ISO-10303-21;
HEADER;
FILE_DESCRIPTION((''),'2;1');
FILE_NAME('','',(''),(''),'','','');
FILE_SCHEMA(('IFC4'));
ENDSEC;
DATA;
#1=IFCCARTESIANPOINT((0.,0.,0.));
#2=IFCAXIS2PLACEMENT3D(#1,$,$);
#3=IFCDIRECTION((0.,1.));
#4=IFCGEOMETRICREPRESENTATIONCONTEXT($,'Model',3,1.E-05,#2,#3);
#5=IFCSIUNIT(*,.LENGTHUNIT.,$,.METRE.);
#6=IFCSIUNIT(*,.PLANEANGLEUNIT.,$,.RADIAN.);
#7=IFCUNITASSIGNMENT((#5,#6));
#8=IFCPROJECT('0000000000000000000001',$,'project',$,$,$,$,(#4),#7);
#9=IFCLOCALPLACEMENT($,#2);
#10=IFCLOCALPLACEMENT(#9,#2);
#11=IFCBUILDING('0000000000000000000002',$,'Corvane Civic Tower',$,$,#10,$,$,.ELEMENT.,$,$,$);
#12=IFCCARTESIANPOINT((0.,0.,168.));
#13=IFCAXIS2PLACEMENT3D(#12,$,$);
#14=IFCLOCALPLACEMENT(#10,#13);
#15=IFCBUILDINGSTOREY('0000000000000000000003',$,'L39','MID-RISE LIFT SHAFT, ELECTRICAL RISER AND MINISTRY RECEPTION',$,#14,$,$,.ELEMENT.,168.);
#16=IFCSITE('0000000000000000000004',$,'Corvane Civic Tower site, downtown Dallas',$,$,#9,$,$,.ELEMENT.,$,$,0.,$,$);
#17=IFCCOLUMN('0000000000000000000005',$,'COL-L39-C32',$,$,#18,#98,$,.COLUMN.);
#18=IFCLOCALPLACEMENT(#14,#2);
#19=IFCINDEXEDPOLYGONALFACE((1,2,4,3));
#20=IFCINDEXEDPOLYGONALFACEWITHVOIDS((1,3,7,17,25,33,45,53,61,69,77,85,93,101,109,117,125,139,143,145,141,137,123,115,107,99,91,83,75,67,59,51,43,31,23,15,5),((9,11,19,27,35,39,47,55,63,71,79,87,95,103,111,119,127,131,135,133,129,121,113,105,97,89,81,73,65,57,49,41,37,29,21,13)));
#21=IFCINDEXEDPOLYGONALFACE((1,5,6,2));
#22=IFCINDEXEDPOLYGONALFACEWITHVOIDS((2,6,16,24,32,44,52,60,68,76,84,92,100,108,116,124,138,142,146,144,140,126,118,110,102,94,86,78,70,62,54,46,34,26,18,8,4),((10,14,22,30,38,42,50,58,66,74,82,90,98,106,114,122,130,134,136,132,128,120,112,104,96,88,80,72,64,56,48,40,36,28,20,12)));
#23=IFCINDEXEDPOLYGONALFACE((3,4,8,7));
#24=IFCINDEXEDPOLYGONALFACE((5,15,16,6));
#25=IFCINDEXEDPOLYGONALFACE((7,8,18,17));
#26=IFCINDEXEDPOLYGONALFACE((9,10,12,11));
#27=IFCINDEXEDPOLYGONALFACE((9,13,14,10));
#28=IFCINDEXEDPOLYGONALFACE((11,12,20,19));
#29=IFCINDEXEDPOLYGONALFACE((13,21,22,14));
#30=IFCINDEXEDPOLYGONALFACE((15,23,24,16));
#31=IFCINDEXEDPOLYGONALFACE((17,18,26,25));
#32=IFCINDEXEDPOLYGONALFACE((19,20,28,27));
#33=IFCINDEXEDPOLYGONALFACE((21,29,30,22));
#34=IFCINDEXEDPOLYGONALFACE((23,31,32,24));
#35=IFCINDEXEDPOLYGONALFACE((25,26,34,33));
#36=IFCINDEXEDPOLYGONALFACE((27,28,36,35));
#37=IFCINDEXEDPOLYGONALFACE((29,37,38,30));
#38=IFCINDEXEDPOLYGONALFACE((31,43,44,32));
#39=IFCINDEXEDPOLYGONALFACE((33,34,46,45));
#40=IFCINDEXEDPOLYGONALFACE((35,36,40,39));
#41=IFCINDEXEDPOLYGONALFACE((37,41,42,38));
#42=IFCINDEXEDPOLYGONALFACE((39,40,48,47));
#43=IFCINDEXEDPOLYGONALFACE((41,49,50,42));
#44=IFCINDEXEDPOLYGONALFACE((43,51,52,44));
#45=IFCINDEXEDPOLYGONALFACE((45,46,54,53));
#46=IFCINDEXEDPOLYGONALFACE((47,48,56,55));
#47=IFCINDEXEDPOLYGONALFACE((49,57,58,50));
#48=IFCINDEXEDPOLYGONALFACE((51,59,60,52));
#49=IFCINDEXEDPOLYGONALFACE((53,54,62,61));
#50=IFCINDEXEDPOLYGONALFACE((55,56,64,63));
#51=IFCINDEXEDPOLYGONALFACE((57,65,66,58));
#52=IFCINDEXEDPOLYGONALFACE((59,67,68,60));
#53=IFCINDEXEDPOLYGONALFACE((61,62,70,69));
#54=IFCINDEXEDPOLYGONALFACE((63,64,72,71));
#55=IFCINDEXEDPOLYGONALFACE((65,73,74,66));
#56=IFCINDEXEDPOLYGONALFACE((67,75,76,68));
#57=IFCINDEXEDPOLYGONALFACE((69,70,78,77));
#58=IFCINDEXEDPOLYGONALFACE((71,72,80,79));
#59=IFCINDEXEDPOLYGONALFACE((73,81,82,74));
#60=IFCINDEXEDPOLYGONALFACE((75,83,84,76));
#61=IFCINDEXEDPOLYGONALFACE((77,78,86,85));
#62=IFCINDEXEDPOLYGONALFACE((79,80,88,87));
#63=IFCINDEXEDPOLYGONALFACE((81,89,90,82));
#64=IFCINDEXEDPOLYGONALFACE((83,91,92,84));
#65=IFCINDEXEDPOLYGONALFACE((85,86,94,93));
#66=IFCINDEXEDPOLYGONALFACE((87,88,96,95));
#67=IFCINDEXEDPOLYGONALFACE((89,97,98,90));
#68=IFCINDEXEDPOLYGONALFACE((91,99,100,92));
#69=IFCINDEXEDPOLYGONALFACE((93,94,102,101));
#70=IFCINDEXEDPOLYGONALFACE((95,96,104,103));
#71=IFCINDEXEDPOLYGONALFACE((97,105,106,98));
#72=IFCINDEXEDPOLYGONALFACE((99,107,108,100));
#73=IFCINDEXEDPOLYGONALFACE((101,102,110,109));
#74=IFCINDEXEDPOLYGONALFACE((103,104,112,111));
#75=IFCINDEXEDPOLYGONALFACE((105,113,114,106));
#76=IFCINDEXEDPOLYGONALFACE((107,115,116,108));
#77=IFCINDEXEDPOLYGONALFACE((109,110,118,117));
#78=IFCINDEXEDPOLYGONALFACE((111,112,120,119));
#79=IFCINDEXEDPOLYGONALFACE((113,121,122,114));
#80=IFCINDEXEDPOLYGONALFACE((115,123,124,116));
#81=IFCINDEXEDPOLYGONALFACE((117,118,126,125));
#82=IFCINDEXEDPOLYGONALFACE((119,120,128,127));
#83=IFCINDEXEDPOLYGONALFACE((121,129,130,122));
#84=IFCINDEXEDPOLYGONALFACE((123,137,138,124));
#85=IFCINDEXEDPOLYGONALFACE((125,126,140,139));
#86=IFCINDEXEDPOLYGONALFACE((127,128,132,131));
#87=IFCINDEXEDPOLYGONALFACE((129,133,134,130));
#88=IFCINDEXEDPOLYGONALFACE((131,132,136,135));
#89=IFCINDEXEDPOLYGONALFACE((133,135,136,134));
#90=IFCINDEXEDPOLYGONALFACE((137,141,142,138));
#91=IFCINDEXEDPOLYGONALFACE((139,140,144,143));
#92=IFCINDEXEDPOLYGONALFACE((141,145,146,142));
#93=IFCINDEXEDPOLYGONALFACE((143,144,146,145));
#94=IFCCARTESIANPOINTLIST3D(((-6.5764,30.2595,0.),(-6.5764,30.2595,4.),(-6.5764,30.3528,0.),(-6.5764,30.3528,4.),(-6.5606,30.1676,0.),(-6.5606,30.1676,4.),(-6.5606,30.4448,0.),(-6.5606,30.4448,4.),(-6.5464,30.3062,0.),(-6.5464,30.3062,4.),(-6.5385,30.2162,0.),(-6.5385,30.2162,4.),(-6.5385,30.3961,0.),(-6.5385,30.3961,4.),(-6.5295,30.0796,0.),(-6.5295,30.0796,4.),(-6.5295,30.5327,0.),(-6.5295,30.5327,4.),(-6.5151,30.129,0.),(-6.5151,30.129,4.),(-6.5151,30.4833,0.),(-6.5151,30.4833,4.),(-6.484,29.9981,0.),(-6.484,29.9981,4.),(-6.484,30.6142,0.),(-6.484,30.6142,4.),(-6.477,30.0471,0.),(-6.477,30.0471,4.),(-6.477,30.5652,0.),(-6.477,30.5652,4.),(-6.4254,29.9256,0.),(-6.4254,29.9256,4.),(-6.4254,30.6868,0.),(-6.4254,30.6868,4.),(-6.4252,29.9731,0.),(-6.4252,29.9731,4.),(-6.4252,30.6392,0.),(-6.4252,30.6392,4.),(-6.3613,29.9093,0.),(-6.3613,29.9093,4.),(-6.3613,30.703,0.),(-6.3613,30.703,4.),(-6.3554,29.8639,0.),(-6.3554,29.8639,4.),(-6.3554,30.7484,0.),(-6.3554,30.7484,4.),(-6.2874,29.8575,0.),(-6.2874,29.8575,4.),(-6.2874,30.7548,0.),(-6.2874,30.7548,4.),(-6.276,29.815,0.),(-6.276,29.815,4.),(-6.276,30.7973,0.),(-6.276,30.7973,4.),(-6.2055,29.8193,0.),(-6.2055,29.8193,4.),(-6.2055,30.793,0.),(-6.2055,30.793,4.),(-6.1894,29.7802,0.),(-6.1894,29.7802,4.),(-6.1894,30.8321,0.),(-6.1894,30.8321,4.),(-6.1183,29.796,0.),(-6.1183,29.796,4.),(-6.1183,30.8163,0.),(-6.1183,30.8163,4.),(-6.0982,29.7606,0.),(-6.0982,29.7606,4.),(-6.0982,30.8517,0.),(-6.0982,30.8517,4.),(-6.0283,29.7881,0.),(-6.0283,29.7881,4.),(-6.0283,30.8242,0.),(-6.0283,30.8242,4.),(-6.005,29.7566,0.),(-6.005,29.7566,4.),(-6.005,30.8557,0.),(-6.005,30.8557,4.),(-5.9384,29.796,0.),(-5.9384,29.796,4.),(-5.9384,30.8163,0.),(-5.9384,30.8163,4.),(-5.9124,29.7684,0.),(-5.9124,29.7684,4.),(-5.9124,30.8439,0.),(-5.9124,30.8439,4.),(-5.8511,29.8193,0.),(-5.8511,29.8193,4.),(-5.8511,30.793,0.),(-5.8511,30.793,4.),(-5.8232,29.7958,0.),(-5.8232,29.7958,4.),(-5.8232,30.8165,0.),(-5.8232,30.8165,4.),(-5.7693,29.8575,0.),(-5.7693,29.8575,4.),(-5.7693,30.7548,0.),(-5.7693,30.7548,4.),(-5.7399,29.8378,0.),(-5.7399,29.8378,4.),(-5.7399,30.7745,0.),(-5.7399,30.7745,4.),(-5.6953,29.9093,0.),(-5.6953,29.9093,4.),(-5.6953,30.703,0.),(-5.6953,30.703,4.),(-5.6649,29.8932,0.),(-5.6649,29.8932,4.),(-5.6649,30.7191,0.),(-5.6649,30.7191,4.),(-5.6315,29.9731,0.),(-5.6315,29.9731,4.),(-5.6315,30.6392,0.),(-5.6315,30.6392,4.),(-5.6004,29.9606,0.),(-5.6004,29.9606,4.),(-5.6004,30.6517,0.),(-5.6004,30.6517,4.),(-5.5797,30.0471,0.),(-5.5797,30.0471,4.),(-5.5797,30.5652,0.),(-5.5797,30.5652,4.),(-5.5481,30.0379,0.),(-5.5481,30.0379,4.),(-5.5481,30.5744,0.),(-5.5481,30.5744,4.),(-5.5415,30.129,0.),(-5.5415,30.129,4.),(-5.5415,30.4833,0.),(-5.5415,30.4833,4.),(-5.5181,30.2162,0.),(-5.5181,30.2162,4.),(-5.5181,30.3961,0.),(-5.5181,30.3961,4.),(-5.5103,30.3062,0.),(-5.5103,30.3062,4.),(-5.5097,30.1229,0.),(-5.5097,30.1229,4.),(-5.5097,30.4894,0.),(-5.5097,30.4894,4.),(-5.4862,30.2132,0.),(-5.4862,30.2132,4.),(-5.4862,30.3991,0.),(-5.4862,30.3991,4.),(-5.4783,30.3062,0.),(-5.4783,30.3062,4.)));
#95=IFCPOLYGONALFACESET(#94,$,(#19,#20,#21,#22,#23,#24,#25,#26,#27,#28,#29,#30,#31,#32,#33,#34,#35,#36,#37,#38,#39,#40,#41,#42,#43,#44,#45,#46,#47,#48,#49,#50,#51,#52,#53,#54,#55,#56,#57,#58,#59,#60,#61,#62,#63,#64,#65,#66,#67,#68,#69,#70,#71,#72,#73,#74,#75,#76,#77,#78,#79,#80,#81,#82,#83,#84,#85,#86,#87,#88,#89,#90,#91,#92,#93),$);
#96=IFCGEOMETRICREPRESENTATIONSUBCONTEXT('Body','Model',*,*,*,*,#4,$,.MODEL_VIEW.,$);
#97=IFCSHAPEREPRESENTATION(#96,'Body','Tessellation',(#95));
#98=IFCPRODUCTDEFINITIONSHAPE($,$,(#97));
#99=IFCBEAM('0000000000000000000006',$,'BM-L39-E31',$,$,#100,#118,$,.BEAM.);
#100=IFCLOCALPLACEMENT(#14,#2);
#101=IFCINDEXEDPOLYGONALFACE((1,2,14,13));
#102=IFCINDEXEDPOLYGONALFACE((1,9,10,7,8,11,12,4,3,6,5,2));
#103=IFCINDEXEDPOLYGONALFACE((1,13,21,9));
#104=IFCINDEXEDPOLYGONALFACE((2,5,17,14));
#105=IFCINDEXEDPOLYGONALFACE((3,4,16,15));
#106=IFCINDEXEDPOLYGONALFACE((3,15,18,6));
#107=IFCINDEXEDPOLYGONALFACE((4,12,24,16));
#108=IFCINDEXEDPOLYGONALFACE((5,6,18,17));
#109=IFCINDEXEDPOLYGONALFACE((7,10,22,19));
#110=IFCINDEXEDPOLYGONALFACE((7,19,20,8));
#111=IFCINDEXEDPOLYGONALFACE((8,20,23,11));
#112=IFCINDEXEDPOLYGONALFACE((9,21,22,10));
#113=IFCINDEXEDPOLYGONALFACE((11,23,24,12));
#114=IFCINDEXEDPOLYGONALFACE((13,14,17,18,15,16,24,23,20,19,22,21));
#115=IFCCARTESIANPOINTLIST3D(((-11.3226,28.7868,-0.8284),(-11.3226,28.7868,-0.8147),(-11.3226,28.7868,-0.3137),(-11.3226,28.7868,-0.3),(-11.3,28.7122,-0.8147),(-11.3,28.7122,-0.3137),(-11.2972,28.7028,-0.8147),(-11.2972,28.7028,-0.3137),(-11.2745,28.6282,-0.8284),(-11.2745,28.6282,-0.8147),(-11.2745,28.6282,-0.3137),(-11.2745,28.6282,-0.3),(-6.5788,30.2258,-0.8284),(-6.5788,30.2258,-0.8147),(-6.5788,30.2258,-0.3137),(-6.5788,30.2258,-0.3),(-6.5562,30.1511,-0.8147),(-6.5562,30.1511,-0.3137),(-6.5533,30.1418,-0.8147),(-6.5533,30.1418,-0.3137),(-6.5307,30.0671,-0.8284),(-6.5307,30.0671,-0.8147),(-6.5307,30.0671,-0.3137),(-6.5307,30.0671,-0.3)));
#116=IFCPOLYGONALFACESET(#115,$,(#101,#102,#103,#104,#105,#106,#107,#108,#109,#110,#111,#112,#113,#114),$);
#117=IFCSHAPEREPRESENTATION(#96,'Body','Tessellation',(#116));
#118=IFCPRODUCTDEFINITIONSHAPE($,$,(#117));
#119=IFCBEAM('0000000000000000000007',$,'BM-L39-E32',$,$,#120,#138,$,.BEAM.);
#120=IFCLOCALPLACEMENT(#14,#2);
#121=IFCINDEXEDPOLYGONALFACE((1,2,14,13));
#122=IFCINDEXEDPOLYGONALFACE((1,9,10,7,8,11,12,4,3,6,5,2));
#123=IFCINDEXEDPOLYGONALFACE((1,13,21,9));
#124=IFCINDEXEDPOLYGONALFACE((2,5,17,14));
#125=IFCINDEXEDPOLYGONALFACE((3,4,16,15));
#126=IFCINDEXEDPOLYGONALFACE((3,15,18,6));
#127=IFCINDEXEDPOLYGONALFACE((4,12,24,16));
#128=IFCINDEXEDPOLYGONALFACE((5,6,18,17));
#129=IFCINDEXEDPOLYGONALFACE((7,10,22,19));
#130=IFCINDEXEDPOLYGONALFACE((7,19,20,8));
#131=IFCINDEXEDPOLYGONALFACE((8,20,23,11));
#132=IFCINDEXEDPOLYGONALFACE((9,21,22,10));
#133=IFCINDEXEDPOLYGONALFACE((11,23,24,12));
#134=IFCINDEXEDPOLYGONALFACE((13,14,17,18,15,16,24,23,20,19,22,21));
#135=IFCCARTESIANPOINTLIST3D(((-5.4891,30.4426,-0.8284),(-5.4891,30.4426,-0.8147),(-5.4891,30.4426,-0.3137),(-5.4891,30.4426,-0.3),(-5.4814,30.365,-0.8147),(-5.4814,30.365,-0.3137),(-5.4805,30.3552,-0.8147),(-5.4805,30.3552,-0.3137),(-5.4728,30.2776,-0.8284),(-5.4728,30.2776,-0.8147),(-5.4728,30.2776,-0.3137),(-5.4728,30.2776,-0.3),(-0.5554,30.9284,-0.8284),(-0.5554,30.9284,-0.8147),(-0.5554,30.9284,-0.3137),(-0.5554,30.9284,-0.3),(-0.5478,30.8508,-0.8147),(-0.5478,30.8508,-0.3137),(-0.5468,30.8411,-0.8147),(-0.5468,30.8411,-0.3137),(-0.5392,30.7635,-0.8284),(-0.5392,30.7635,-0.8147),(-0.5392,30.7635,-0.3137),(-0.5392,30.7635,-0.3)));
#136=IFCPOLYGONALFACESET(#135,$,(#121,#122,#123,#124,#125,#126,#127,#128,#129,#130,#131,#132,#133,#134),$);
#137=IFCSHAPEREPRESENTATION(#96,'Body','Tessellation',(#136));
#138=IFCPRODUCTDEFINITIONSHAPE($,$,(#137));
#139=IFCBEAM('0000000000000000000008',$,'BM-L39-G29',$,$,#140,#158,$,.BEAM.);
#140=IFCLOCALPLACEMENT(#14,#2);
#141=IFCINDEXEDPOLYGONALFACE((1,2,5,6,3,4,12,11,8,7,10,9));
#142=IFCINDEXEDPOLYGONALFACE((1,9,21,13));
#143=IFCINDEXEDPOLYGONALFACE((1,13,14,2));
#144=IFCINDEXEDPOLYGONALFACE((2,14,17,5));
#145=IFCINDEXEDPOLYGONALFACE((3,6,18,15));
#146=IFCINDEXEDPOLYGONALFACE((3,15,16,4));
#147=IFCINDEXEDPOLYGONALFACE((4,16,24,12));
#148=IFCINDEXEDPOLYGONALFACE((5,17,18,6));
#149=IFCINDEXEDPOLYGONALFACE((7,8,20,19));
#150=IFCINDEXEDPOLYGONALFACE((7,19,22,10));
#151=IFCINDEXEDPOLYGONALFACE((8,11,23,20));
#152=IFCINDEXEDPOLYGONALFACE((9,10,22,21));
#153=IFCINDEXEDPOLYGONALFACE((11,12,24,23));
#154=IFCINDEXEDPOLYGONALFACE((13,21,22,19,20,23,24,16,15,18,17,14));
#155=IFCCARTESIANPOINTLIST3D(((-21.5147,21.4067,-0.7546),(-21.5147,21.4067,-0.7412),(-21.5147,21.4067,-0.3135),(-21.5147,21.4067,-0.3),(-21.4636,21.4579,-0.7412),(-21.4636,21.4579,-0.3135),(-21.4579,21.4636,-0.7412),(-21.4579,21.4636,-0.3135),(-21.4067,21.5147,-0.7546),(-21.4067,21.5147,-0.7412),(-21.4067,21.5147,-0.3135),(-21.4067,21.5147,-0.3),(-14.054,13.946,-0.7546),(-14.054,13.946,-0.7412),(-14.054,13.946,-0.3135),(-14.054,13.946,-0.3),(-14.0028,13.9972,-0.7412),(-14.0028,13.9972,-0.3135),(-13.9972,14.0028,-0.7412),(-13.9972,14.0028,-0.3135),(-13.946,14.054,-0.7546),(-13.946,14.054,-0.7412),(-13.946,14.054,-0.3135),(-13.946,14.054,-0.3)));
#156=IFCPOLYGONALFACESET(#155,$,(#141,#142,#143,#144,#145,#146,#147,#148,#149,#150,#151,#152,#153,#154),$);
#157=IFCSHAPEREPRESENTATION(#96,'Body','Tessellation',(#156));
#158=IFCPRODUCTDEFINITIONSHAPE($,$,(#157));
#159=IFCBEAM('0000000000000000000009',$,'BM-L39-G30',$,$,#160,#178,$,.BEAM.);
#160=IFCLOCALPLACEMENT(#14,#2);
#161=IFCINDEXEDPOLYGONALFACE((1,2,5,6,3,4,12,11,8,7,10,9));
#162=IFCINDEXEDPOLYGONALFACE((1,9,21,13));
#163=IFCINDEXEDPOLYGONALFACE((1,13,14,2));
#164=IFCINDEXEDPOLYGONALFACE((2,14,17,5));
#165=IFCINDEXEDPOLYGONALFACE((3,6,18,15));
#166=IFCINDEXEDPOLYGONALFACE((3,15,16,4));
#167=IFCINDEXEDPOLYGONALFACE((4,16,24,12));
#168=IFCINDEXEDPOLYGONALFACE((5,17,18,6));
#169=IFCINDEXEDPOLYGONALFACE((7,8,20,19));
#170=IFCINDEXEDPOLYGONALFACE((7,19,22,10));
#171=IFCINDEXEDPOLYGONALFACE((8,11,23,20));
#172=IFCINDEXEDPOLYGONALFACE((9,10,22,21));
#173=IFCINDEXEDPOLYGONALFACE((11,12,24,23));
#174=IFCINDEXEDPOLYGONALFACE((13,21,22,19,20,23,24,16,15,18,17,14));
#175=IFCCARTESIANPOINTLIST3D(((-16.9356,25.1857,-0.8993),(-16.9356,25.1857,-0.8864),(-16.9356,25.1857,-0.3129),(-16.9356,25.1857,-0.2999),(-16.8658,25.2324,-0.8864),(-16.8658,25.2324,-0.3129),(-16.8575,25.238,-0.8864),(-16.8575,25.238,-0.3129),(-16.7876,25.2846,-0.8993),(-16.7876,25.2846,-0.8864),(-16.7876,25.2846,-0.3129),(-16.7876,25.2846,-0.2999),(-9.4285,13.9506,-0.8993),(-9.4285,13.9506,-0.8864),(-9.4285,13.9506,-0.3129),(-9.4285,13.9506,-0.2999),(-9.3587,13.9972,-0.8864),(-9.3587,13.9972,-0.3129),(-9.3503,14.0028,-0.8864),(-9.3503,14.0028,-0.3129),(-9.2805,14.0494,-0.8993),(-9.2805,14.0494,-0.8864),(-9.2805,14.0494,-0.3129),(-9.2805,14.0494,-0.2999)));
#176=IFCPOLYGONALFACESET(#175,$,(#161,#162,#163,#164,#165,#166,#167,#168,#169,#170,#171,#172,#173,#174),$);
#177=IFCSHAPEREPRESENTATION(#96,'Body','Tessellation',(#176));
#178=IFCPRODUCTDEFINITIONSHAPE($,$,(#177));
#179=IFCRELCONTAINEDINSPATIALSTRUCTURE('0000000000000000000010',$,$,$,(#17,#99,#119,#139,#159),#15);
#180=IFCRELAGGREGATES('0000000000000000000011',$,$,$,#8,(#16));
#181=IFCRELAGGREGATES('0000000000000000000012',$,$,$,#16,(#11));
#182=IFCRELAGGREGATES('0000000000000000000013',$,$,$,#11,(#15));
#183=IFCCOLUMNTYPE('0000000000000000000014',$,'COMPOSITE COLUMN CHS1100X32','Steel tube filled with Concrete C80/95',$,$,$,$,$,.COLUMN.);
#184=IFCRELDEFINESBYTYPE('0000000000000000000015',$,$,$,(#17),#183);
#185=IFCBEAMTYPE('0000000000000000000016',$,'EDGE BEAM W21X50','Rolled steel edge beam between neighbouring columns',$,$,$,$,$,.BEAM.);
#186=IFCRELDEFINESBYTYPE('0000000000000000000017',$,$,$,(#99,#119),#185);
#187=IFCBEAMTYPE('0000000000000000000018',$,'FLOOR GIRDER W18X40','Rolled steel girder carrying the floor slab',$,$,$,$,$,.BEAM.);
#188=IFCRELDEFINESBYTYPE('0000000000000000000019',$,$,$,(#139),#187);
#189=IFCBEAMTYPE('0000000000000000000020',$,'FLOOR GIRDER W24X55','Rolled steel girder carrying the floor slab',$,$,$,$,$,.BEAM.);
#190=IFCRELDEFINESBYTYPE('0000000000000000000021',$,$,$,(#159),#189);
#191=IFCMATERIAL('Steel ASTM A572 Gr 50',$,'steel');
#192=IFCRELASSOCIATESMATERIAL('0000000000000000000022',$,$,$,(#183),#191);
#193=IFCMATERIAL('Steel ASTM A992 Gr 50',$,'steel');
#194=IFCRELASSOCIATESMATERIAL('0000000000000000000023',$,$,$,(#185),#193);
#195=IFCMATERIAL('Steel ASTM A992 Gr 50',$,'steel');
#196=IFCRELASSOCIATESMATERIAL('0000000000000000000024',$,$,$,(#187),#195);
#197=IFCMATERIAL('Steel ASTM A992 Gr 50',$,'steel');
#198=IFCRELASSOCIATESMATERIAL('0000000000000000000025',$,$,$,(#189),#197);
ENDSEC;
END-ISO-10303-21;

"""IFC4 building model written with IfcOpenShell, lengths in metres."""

from ifc_helpers import new_model, si_unit, direction, frame, origin, origin_2d, place, context, subcontext, project, spatial, hollow_circle, i_section, extrude, material, material_profile, profile_set, type_object, element, save


model = new_model("IFC4")

# Units and contexts
model_context = context("Model", 3, precision=1e-05, world=origin(), true_north=direction((0.0, 1.0)))
body_context = subcontext(model_context, "Body", "Model", "MODEL_VIEW")
ifc_project = project(units=[si_unit("LENGTHUNIT", "METRE"), si_unit("PLANEANGLEUNIT", "RADIAN")], contexts=[model_context])

# Site, building, storey
site_placement = place(None, origin())
site = spatial("IfcSite", under=ifc_project, at=site_placement, Name="Corvane Civic Tower site, downtown Dallas", CompositionType="ELEMENT", RefElevation=0.0)
building_placement = place(site_placement, origin())
building = spatial("IfcBuilding", under=site, at=building_placement, Name="Corvane Civic Tower", CompositionType="ELEMENT")
storey_placement = place(building_placement, frame((0.0, 0.0, 168.0)))
storey = spatial("IfcBuildingStorey", under=building, at=storey_placement, Name="L39", Description="MID-RISE LIFT SHAFT, ELECTRICAL RISER AND MINISTRY RECEPTION", CompositionType="ELEMENT", Elevation=168.0)

# Column
ifc_material_1 = material(Name="Steel ASTM A572 Gr 50", Category="steel")
ifc_material_profile_1 = material_profile(ifc_material_1, hollow_circle(Radius=0.55, WallThickness=0.032, at=origin_2d()), Name="CHS1100X32")
ifc_profile_set_1 = profile_set([ifc_material_profile_1], Name="Steel ASTM A572 Gr 50")
column_type = type_object("IfcColumnType", Name="COMPOSITE COLUMN CHS1100X32", Description="Steel tube filled with Concrete C80/95", PredefinedType="COLUMN", material=ifc_profile_set_1)
for number, where, z_axis, x_axis, name in (
    (1, (-6.0283, 30.3062, 0.0), (0.0, 0.0, 1.0), (1.0, 0.0, 0.0), "COL-L39-C32"),
):
    element("IfcColumn", number, at=place(storey_placement, frame(where, z_axis=z_axis, x_axis=x_axis)), inside=storey, type_object=column_type, Name=name, PredefinedType="COLUMN", context=body_context, shape_type="SweptSolid", body=[
        extrude(hollow_circle(Radius=0.55, WallThickness=0.032, at=origin_2d()), origin(), (0.0, 0.0, 1.0), 4.0),
    ])

# Beams
ifc_material_2 = material(Name="Steel ASTM A992 Gr 50", Category="steel")
ifc_material_profile_2 = material_profile(ifc_material_2, i_section(OverallWidth=0.1658, OverallDepth=0.5283, WebThickness=0.0098, FlangeThickness=0.0137, at=origin_2d()), Name="W21X50")
ifc_profile_set_2 = profile_set([ifc_material_profile_2], Name="Steel ASTM A992 Gr 50")
beam_type_1 = type_object("IfcBeamType", Name="EDGE BEAM W21X50", Description="Rolled steel edge beam between neighbouring columns", PredefinedType="BEAM", material=ifc_profile_set_2)
beam_1_placement = place(storey_placement, frame((-11.2986, 28.7075, -0.5642), z_axis=(0.956945, 0.29027, 0.0), x_axis=(-0.29027, 0.956945, 0.0)))
element("IfcBeam", 2, at=beam_1_placement, inside=storey, type_object=beam_type_1, Name="BM-L39-E31", PredefinedType="BEAM", context=body_context, shape_type="SweptSolid", body=[
    extrude(i_section(OverallWidth=0.1658, OverallDepth=0.5283, WebThickness=0.0098, FlangeThickness=0.0137, at=origin_2d()), origin(), (0.0, 0.0, 1.0), 4.9573),
])
beam_2_placement = place(storey_placement, frame((-5.481, 30.3601, -0.5642), z_axis=(0.995186, 0.098002, 0.0), x_axis=(-0.098002, 0.995186, 0.0)))
element("IfcBeam", 3, at=beam_2_placement, inside=storey, type_object=beam_type_1, Name="BM-L39-E32", PredefinedType="BEAM", context=body_context, shape_type="SweptSolid", body=[
    extrude(i_section(OverallWidth=0.1658, OverallDepth=0.5283, WebThickness=0.0098, FlangeThickness=0.0137, at=origin_2d()), origin(), (0.0, 0.0, 1.0), 4.9575),
])
ifc_material_3 = material(Name="Steel ASTM A992 Gr 50", Category="steel")
ifc_material_profile_3 = material_profile(ifc_material_3, i_section(OverallWidth=0.1528, OverallDepth=0.4546, WebThickness=0.0081, FlangeThickness=0.0134, at=origin_2d()), Name="W18X40")
ifc_profile_set_3 = profile_set([ifc_material_profile_3], Name="Steel ASTM A992 Gr 50")
beam_type_2 = type_object("IfcBeamType", Name="FLOOR GIRDER W18X40", Description="Rolled steel girder carrying the floor slab", PredefinedType="BEAM", material=ifc_profile_set_3)
beam_3_placement = place(storey_placement, frame((-14.0, 14.0, -0.5273), z_axis=(-0.707107, 0.707107, 0.0), x_axis=(-0.707107, -0.707107, 0.0)))
element("IfcBeam", 4, at=beam_3_placement, inside=storey, type_object=beam_type_2, Name="BM-L39-G29", PredefinedType="BEAM", context=body_context, shape_type="SweptSolid", body=[
    extrude(i_section(OverallWidth=0.1528, OverallDepth=0.4546, WebThickness=0.0081, FlangeThickness=0.0134, at=origin_2d()), origin(), (0.0, 0.0, 1.0), 10.551),
])
ifc_material_4 = material(Name="Steel ASTM A992 Gr 50", Category="steel")
ifc_material_profile_4 = material_profile(ifc_material_4, i_section(OverallWidth=0.178, OverallDepth=0.5994, WebThickness=0.01, FlangeThickness=0.0129, at=origin_2d()), Name="W24X55")
ifc_profile_set_4 = profile_set([ifc_material_profile_4], Name="Steel ASTM A992 Gr 50")
beam_type_3 = type_object("IfcBeamType", Name="FLOOR GIRDER W24X55", Description="Rolled steel girder carrying the floor slab", PredefinedType="BEAM", material=ifc_profile_set_4)
beam_4_placement = place(storey_placement, frame((-9.3545, 14.0, -0.5996), z_axis=(-0.555571, 0.831469, 0.0), x_axis=(-0.831469, -0.555571, 0.0)))
element("IfcBeam", 5, at=beam_4_placement, inside=storey, type_object=beam_type_3, Name="BM-L39-G30", PredefinedType="BEAM", context=body_context, shape_type="SweptSolid", body=[
    extrude(i_section(OverallWidth=0.178, OverallDepth=0.5994, WebThickness=0.01, FlangeThickness=0.0129, at=origin_2d()), origin(), (0.0, 0.0, 1.0), 13.5125),
])

save(model, "model.ifc")
